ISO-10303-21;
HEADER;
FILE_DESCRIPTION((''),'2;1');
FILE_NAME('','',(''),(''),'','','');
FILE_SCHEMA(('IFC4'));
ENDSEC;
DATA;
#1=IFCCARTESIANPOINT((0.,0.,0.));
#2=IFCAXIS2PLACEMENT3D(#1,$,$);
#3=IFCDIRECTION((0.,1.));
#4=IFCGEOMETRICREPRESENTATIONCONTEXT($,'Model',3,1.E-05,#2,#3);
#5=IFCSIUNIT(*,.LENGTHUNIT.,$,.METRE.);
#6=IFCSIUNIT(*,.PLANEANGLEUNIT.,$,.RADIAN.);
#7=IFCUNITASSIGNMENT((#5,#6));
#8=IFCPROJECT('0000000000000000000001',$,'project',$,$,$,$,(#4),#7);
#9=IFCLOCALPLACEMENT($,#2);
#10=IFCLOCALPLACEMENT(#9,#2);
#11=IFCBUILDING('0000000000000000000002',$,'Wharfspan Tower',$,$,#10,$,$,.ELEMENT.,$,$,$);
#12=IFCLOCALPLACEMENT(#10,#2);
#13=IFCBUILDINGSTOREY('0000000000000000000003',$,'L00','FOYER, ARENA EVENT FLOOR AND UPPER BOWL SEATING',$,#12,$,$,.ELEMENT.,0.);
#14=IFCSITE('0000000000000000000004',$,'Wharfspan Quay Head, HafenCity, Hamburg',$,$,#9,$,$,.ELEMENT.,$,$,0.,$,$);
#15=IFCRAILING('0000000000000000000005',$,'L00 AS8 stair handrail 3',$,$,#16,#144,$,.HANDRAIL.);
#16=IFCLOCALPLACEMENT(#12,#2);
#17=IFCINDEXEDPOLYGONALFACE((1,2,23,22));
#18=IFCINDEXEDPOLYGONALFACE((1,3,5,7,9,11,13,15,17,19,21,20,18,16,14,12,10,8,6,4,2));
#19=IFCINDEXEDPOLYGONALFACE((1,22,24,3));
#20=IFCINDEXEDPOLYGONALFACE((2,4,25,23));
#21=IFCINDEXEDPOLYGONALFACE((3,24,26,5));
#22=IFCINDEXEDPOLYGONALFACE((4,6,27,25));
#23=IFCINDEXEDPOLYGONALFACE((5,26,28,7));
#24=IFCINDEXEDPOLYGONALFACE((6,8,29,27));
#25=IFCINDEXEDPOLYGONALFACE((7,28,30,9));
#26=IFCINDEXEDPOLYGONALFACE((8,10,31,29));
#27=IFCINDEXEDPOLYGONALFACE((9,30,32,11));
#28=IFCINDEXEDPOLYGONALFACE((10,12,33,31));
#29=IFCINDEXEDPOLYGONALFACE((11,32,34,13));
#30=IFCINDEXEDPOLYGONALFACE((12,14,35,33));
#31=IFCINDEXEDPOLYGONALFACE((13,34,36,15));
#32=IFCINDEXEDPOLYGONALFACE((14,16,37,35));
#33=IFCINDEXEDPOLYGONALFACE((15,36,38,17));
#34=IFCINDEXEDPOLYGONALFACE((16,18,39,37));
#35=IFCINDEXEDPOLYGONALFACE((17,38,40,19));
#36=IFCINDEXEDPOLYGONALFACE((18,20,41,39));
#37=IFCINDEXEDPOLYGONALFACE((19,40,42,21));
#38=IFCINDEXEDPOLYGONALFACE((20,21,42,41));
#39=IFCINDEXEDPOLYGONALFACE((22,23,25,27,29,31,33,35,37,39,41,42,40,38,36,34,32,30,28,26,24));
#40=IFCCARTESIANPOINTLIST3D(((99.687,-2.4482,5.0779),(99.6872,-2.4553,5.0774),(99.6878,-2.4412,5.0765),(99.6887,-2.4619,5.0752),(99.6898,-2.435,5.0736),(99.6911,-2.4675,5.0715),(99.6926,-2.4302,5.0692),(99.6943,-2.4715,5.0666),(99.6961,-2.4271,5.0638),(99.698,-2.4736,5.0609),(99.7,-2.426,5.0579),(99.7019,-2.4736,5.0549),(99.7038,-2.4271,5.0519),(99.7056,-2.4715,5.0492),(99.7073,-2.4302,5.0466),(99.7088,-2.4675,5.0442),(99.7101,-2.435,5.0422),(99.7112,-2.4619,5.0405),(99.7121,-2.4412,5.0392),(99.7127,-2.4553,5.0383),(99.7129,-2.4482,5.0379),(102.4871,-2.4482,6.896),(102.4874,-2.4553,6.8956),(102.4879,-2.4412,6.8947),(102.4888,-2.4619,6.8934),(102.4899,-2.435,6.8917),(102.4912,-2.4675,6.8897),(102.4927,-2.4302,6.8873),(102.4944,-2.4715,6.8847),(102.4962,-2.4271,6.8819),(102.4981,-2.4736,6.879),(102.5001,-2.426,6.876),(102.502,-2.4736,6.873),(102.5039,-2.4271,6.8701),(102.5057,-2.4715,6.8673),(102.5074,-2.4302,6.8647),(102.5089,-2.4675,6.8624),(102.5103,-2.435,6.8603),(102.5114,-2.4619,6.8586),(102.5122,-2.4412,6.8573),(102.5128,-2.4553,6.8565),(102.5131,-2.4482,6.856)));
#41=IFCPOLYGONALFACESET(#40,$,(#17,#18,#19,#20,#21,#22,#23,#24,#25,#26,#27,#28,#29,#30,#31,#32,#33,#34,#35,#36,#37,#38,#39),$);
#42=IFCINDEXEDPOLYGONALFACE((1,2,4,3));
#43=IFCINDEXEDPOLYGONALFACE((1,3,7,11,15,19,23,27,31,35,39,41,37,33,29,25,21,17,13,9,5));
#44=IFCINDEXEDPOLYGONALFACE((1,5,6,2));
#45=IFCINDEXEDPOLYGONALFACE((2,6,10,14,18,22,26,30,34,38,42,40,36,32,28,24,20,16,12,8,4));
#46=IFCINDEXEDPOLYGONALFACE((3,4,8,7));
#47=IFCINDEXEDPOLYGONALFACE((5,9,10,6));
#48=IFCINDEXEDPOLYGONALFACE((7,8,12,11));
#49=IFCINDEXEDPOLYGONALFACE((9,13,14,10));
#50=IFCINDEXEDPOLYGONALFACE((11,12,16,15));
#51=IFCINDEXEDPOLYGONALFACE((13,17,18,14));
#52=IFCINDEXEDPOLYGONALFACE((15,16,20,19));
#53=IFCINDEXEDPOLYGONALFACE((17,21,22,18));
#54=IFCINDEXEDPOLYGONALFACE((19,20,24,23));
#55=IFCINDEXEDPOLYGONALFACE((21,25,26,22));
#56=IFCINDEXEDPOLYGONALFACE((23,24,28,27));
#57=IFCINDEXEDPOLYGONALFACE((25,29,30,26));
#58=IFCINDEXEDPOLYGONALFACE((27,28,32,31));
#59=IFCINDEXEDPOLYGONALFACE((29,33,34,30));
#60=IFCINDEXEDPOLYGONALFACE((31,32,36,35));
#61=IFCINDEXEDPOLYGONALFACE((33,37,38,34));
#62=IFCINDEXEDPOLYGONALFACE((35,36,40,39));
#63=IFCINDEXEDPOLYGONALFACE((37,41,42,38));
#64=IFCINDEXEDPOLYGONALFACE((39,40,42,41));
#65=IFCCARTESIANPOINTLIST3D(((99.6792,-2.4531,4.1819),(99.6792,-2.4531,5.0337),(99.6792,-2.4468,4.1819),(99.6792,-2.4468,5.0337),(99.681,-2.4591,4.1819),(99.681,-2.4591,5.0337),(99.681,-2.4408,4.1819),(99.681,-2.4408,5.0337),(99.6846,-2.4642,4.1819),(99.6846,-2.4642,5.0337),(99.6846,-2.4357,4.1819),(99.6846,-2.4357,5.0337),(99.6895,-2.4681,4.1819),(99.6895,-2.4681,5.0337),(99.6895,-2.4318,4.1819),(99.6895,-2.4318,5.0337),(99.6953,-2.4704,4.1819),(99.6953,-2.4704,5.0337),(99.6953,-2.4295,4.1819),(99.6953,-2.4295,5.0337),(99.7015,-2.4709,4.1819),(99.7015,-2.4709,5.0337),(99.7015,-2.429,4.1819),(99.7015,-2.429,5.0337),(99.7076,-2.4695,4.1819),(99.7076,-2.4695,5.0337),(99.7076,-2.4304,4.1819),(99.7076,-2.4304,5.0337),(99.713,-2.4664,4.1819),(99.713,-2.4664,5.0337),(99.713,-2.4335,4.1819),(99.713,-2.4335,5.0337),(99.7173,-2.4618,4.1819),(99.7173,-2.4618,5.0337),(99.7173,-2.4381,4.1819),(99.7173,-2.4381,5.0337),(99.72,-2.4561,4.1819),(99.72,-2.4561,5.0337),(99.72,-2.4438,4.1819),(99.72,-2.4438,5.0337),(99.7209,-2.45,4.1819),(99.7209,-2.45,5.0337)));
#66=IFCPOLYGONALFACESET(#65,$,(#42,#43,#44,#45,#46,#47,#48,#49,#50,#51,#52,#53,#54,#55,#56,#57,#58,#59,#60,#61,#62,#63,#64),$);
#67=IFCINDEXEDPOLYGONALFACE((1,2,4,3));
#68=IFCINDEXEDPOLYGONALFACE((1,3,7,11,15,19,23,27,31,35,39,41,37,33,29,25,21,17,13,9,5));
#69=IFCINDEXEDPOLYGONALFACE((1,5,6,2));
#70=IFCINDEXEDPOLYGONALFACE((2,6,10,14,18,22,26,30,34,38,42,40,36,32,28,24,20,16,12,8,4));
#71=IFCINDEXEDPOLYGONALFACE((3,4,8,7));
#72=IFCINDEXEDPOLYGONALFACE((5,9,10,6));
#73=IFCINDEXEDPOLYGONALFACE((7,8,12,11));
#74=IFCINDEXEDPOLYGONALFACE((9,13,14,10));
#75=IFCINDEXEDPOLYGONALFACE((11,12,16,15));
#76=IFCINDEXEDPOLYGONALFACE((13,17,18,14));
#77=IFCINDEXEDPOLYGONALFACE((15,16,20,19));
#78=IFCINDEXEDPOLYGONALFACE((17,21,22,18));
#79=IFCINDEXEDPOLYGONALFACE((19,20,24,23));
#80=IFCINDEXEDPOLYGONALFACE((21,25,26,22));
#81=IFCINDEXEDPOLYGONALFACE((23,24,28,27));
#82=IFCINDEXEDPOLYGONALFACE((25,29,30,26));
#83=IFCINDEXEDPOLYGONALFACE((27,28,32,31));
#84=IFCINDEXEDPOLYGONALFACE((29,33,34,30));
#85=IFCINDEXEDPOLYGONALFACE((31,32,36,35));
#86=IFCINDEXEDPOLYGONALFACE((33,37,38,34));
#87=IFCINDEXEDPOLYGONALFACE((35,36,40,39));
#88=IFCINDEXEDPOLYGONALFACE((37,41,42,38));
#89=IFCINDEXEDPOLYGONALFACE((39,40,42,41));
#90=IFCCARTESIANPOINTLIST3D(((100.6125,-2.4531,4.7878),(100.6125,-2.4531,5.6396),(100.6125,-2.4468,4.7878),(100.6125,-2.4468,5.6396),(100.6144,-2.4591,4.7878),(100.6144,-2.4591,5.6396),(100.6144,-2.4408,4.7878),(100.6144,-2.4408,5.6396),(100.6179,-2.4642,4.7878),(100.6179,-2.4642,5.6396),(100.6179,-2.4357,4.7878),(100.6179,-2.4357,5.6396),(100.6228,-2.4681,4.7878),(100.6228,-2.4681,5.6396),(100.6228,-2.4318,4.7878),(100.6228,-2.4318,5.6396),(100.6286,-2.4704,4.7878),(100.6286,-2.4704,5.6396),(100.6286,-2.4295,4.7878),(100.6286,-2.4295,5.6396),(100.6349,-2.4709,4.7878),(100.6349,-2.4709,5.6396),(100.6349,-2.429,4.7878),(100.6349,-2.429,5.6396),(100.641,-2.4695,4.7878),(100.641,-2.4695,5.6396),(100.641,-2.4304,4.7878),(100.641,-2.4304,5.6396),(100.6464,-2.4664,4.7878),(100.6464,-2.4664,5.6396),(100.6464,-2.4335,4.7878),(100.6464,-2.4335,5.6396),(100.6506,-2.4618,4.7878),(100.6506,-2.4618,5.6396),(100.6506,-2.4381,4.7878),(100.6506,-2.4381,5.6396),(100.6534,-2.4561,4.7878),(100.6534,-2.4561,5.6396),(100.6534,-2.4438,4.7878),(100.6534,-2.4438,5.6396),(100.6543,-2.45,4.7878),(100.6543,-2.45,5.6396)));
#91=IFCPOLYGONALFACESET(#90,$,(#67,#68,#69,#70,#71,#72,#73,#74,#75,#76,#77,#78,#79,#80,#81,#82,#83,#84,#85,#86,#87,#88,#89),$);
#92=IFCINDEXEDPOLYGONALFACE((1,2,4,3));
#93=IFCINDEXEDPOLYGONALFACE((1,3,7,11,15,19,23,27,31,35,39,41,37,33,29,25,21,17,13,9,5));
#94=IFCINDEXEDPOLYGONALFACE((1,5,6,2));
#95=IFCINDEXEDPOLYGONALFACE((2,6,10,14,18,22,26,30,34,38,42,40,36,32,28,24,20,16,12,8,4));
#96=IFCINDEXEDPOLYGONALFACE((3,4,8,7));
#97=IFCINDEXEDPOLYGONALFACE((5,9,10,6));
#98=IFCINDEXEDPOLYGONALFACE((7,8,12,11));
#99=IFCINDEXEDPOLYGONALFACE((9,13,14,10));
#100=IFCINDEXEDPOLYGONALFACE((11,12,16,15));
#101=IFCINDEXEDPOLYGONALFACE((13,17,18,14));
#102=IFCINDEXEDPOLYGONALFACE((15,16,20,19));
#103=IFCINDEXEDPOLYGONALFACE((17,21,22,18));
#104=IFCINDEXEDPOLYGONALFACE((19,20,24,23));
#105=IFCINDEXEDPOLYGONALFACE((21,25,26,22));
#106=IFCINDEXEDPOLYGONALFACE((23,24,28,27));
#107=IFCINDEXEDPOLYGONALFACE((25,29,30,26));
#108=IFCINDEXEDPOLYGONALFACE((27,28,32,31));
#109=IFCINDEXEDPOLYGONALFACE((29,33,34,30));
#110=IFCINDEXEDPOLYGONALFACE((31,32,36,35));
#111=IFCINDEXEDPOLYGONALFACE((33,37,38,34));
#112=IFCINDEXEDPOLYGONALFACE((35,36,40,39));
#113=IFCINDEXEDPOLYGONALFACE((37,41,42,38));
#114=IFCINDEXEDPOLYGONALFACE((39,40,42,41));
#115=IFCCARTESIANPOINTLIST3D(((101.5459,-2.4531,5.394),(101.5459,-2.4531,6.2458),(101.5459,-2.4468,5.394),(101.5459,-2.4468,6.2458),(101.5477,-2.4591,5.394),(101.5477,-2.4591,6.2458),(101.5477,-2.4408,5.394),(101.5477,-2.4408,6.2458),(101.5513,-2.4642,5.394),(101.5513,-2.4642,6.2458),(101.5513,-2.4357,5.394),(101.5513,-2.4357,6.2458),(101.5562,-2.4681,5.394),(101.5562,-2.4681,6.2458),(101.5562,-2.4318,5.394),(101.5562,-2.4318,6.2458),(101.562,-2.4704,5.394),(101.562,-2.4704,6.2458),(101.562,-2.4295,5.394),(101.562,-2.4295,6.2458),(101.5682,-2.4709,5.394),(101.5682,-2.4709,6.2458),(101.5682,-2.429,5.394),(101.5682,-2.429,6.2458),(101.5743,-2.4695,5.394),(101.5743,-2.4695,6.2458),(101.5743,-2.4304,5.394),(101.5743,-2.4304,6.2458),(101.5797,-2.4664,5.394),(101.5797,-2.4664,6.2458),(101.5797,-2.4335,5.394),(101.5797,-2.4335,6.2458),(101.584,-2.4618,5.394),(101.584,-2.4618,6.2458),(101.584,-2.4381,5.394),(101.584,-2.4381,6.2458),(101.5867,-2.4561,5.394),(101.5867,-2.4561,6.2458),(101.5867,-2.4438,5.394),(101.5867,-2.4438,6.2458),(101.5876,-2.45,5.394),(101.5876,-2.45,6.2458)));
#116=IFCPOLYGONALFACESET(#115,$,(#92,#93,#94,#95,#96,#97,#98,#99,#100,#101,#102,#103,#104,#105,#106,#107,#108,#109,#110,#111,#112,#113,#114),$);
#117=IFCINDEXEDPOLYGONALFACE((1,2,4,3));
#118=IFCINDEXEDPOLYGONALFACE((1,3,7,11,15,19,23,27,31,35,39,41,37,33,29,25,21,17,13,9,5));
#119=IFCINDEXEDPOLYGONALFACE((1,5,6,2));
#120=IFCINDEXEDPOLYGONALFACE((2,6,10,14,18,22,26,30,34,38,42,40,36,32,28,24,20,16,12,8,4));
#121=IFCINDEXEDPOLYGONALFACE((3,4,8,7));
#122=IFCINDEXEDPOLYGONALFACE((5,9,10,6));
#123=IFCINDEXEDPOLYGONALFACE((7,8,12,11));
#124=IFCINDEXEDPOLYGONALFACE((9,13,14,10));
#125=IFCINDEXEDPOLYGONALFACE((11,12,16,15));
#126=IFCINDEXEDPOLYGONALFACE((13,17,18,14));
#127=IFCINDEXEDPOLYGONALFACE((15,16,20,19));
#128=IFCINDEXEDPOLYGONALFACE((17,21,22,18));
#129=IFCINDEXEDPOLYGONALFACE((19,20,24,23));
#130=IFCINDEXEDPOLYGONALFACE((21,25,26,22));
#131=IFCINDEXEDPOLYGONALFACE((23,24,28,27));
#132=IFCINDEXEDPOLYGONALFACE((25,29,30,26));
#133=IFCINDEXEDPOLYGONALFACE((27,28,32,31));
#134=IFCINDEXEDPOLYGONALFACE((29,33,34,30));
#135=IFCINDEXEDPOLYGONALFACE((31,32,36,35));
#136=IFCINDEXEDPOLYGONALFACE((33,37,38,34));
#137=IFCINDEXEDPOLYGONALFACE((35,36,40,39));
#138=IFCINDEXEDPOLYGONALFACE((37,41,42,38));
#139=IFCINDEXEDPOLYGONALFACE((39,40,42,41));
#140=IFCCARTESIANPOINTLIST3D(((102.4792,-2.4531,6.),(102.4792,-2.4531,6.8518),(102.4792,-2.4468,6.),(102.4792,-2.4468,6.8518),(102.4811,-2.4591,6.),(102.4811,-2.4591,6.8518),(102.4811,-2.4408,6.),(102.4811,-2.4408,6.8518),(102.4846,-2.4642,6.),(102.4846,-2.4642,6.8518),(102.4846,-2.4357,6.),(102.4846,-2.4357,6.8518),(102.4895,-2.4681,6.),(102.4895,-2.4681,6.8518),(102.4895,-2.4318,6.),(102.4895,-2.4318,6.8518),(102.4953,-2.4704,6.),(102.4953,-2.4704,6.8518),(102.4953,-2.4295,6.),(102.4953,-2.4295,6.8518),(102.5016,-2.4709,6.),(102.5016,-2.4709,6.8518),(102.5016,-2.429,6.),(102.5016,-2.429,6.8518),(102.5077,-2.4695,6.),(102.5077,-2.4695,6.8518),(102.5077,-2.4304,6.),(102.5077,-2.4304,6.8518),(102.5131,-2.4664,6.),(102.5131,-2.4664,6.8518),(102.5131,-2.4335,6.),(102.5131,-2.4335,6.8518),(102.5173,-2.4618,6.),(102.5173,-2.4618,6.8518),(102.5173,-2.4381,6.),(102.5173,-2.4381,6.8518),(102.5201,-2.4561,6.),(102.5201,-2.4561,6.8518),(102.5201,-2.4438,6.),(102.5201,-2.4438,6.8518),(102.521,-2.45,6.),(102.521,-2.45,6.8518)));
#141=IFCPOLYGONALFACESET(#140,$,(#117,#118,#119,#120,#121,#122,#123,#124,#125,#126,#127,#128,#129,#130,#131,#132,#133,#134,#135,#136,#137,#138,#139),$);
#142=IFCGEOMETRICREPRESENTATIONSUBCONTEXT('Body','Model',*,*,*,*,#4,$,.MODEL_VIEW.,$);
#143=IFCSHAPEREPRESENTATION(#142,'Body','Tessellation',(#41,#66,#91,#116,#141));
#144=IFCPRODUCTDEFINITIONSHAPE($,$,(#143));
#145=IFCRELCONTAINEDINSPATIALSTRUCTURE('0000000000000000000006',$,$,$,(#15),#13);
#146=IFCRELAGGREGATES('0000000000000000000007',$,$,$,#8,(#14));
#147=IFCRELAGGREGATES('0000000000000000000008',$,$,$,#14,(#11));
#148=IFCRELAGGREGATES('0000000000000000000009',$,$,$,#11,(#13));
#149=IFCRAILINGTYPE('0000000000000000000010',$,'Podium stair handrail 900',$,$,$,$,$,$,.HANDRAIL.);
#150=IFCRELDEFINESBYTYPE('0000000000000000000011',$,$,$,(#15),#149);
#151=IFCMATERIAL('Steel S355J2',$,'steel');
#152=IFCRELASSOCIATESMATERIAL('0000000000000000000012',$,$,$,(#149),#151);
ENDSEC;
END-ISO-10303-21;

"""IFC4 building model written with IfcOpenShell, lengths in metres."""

from ifc_helpers import new_model, si_unit, direction, frame, origin, origin_2d, place, context, subcontext, project, spatial, circle, extrude, material, type_object, element, save


model = new_model("IFC4")

# Units and contexts
model_context = context("Model", 3, precision=1e-05, world=origin(), true_north=direction((0.0, 1.0)))
body_context = subcontext(model_context, "Body", "Model", "MODEL_VIEW")
ifc_project = project(units=[si_unit("LENGTHUNIT", "METRE"), si_unit("PLANEANGLEUNIT", "RADIAN")], contexts=[model_context])

# Site, building, storey
site_placement = place(None, origin())
site = spatial("IfcSite", under=ifc_project, at=site_placement, Name="Wharfspan Quay Head, HafenCity, Hamburg", CompositionType="ELEMENT", RefElevation=0.0)
building_placement = place(site_placement, origin())
building = spatial("IfcBuilding", under=site, at=building_placement, Name="Wharfspan Tower", CompositionType="ELEMENT")
storey_placement = place(building_placement, origin())
storey = spatial("IfcBuildingStorey", under=building, at=storey_placement, Name="L00", Description="FOYER, ARENA EVENT FLOOR AND UPPER BOWL SEATING", CompositionType="ELEMENT", Elevation=0.0)

# Shared definitions
ifc_material_1 = material(Name="Steel S355J2", Category="steel")

# Railing
railing_type_1 = type_object("IfcRailingType", Name="Podium stair handrail 900", PredefinedType="HANDRAIL", material=ifc_material_1)
railing_1_placement = place(storey_placement, frame((99.7, -2.45, 4.1819)))
element("IfcRailing", 1, at=railing_1_placement, inside=storey, type_object=railing_type_1, Name="L00 AS8 stair handrail 3", PredefinedType="HANDRAIL", context=body_context, shape_type="SweptSolid", body=[
    extrude(circle(Radius=0.0239, at=origin_2d()), frame((0.0, 0.0, 0.876), z_axis=(0.838706, 0.0, 0.544585), x_axis=(0.0, 1.0, 0.0)), (0.0, 0.0, 1.0), 3.3386),
    extrude(circle(Radius=0.021, at=origin_2d()), origin(), (0.0, 0.0, 1.0), 0.8518),
    extrude(circle(Radius=0.021, at=origin_2d()), frame((0.9334, 0.0, 0.606)), (0.0, 0.0, 1.0), 0.8518),
    extrude(circle(Radius=0.021, at=origin_2d()), frame((1.8667, 0.0, 1.2122)), (0.0, 0.0, 1.0), 0.8518),
    extrude(circle(Radius=0.021, at=origin_2d()), frame((2.8, 0.0, 1.8181)), (0.0, 0.0, 1.0), 0.8518),
])

save(model, "model.ifc")
